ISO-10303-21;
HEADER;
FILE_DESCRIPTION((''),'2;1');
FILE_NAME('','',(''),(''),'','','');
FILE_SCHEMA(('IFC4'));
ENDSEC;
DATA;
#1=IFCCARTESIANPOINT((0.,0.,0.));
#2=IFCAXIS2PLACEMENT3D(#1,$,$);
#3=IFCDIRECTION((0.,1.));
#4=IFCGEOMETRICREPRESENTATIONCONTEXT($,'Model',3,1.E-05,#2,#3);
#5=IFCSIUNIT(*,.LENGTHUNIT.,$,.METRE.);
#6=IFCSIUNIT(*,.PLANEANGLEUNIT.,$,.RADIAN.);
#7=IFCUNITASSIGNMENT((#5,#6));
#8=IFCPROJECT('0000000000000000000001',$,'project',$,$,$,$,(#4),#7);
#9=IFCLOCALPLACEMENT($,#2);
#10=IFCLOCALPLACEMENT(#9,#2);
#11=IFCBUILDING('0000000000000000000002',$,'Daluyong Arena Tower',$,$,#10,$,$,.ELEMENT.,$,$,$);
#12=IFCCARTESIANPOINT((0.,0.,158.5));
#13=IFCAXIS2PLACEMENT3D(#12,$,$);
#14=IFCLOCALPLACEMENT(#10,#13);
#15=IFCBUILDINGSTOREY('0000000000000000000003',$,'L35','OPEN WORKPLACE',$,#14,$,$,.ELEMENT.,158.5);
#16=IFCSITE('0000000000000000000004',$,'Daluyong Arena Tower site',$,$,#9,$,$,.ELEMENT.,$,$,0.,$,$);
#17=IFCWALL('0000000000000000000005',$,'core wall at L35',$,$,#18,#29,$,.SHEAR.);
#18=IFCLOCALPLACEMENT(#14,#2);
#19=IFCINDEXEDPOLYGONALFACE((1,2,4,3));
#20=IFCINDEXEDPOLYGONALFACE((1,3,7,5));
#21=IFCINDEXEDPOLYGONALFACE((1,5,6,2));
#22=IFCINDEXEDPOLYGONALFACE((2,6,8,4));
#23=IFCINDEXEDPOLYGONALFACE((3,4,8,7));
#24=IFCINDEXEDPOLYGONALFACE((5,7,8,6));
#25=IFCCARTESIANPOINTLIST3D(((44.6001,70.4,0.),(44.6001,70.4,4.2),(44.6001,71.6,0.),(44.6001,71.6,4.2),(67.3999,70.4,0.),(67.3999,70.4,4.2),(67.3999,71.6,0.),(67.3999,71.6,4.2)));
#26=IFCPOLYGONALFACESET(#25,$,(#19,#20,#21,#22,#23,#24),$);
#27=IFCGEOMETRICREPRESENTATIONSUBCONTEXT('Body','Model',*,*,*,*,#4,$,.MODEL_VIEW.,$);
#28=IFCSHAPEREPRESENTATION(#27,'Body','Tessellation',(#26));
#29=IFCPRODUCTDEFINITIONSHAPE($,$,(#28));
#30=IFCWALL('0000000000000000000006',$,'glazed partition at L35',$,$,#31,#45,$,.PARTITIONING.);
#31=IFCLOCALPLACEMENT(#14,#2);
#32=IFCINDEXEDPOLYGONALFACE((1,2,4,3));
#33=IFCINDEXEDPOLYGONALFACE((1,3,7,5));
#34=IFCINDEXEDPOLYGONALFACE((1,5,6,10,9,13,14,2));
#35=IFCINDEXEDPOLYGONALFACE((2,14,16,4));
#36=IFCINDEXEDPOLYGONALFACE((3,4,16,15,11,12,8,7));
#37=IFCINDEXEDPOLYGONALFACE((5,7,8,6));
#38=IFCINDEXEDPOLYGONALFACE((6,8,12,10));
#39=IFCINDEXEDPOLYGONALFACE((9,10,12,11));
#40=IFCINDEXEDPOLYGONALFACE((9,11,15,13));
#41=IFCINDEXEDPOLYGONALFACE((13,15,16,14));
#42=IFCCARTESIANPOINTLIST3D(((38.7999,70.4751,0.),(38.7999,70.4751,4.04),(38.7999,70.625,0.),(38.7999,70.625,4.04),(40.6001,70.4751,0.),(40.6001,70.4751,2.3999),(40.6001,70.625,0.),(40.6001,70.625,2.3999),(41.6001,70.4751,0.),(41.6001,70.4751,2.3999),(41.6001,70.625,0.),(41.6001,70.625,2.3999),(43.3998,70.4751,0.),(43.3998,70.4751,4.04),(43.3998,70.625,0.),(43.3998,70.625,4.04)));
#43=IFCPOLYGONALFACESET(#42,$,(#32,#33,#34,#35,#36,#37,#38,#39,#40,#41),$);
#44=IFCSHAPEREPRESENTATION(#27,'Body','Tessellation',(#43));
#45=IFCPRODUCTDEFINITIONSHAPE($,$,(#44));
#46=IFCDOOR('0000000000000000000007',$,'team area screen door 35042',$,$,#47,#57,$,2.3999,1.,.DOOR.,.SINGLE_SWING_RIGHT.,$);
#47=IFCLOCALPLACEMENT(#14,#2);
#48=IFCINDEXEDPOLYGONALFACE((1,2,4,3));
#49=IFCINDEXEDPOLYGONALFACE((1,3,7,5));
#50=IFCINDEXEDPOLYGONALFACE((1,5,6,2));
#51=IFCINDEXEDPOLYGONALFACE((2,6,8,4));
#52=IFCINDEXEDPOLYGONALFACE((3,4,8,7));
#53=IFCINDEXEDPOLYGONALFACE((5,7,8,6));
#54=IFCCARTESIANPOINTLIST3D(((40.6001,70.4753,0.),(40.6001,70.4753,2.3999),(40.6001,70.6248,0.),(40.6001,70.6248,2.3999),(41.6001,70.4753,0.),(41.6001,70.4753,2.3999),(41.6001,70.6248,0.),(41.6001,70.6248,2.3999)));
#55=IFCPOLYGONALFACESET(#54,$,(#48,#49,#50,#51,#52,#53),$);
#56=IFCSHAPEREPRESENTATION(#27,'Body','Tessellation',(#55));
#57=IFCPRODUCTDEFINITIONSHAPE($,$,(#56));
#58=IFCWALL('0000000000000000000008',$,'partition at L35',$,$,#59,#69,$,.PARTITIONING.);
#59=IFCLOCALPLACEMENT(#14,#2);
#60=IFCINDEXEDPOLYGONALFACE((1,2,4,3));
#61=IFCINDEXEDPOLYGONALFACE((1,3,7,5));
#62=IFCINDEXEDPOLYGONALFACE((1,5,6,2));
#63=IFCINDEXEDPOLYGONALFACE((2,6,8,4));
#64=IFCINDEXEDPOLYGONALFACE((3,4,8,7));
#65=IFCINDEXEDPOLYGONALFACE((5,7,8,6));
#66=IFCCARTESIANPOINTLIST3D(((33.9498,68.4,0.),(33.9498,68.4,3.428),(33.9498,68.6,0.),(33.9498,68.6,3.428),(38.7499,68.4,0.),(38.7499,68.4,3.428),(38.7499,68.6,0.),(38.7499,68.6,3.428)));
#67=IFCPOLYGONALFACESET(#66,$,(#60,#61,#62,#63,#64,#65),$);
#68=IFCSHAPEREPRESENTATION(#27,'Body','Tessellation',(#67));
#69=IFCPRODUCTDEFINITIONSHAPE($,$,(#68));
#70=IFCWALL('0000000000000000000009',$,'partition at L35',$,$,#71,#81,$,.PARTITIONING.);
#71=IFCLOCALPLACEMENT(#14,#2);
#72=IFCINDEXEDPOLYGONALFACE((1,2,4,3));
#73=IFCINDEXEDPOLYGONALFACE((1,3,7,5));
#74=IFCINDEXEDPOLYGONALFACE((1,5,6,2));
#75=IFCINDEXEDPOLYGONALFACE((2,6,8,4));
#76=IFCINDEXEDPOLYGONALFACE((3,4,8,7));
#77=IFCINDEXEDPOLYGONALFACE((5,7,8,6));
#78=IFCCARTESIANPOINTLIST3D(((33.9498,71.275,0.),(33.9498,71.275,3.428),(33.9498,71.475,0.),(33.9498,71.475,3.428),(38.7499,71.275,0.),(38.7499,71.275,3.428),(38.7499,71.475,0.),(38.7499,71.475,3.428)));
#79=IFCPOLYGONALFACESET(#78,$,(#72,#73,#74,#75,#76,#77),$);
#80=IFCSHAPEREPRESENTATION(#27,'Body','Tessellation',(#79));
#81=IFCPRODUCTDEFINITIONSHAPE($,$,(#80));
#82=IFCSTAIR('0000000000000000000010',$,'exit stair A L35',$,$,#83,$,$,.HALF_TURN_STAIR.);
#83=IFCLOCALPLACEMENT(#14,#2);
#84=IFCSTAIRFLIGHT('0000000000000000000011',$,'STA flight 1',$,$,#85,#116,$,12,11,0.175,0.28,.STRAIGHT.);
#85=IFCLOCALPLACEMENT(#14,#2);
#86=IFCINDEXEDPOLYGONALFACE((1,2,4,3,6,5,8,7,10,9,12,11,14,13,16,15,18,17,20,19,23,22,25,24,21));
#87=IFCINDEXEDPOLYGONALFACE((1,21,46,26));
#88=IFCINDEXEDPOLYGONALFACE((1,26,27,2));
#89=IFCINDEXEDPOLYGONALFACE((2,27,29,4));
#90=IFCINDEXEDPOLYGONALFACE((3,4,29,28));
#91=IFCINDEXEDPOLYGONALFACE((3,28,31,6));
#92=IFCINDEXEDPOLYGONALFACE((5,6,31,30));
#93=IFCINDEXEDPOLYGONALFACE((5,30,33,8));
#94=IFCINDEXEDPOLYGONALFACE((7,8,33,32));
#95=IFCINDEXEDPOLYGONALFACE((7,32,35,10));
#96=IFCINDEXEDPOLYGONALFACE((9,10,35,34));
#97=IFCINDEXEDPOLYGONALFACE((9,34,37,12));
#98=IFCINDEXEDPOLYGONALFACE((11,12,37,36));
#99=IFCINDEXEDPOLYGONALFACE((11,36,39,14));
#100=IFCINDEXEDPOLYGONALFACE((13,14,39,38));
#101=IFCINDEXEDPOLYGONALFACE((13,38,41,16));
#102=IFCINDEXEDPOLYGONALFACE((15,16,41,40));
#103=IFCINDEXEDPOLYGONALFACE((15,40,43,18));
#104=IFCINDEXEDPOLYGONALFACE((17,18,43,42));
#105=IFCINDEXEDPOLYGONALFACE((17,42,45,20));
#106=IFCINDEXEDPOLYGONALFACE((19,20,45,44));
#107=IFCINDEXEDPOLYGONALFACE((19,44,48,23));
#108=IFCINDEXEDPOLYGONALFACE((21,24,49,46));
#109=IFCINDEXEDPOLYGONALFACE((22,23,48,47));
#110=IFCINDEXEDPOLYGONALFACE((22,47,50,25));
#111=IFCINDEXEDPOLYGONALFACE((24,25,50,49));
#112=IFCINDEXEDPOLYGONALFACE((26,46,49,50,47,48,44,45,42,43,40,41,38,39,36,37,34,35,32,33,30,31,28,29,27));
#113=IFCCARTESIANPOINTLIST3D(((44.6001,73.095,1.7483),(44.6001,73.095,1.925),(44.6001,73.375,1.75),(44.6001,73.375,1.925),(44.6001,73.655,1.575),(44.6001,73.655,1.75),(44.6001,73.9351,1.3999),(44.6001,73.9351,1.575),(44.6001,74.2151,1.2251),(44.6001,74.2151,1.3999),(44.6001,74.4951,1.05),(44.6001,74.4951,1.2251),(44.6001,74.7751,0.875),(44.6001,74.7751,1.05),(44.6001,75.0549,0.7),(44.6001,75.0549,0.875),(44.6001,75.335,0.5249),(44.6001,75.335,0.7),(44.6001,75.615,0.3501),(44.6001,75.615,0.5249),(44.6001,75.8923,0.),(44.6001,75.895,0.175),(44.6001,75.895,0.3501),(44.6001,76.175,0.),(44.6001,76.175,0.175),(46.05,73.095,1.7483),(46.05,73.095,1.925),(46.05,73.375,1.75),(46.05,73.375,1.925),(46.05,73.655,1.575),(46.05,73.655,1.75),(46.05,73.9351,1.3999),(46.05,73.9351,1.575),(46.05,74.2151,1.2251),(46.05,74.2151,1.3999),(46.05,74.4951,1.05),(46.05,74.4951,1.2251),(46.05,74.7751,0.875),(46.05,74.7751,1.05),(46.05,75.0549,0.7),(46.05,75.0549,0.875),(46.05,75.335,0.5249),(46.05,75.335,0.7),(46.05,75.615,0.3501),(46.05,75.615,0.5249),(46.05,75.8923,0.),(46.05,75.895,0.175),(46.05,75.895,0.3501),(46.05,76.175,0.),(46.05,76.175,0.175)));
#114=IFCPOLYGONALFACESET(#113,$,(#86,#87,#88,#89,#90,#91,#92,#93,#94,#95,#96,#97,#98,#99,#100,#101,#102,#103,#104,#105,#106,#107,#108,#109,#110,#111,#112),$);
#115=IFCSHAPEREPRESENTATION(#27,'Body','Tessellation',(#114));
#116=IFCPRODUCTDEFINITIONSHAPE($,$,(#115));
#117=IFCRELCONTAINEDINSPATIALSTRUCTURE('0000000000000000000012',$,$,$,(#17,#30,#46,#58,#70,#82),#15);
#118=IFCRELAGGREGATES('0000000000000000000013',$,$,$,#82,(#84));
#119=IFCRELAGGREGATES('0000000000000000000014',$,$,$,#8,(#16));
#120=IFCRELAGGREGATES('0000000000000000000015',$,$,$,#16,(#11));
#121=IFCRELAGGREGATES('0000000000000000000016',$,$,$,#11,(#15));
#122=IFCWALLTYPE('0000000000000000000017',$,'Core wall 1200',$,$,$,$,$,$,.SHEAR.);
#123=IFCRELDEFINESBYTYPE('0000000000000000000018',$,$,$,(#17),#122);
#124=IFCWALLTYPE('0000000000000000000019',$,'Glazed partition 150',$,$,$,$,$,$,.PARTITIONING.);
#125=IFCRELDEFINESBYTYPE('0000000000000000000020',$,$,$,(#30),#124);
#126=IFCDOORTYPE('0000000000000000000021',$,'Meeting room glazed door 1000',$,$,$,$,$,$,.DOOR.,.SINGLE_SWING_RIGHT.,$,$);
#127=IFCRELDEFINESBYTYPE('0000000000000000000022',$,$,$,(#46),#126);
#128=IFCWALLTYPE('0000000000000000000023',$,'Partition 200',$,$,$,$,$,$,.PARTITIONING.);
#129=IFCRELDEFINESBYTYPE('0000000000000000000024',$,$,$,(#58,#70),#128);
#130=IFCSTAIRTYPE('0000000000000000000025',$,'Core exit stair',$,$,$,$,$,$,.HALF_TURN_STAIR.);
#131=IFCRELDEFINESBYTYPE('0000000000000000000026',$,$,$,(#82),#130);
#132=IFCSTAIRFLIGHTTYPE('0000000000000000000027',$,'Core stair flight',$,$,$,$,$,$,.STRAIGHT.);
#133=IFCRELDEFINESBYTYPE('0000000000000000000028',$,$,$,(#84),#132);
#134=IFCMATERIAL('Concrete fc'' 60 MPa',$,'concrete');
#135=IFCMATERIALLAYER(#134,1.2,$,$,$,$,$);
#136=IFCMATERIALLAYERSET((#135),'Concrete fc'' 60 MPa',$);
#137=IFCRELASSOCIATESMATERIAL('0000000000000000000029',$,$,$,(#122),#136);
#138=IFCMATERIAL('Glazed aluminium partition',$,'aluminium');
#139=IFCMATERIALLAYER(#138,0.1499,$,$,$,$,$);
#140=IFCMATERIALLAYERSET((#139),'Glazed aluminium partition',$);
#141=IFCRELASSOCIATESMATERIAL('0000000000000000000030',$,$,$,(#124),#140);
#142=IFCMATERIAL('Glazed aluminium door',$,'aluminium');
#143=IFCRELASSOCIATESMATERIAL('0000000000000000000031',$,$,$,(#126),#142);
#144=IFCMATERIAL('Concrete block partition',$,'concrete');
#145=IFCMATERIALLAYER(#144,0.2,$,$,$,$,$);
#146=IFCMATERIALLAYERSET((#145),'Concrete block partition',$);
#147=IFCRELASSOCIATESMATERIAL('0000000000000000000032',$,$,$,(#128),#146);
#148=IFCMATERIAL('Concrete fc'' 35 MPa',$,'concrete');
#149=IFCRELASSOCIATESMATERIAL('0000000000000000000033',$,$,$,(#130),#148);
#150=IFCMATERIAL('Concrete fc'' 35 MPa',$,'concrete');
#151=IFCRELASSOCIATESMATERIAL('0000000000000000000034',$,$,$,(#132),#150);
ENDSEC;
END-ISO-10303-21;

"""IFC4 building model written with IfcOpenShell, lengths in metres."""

from ifc_helpers import new_model, si_unit, direction, frame, frame_2d, origin, place, context, subcontext, project, spatial, polyline, rectangle, outline, extrude, material, layer, layer_set, type_object, element, fill, aggregate, save


model = new_model("IFC4")

# Units and contexts
model_context = context("Model", 3, precision=1e-05, world=origin(), true_north=direction((0.0, 1.0)))
body_context = subcontext(model_context, "Body", "Model", "MODEL_VIEW")
ifc_project = project(units=[si_unit("LENGTHUNIT", "METRE"), si_unit("PLANEANGLEUNIT", "RADIAN")], contexts=[model_context])

# Site, building, storey
site_placement = place(None, origin())
site = spatial("IfcSite", under=ifc_project, at=site_placement, Name="Daluyong Arena Tower site", CompositionType="ELEMENT", RefElevation=0.0)
building_placement = place(site_placement, origin())
building = spatial("IfcBuilding", under=site, at=building_placement, Name="Daluyong Arena Tower", CompositionType="ELEMENT")
storey_placement = place(building_placement, frame((0.0, 0.0, 158.5)))
storey = spatial("IfcBuildingStorey", under=building, at=storey_placement, Name="L35", Description="OPEN WORKPLACE", CompositionType="ELEMENT", Elevation=158.5)

# Shared definitions
ifc_material_1 = material(Name="Concrete fc' 60 MPa", Category="concrete")
ifc_layer_1 = layer(ifc_material_1, 1.2)
ifc_layer_set_1 = layer_set([ifc_layer_1], Name="Concrete fc' 60 MPa")
wall_type_1 = type_object("IfcWallType", Name="Core wall 1200", PredefinedType="SHEAR", material=ifc_layer_set_1)

# Wall
wall_1_placement = place(storey_placement, frame((44.6001, 71.0, 0.0), z_axis=(0.0, 0.0, 1.0), x_axis=(1.0, 0.0, 0.0)))
element("IfcWall", 1, at=wall_1_placement, inside=storey, type_object=wall_type_1, Name="core wall at L35", PredefinedType="SHEAR", context=body_context, shape_type="SweptSolid", body=[
    extrude(rectangle(XDim=22.7998, YDim=1.2, at=frame_2d((11.3999, 0.0))), origin(), (0.0, 0.0, 1.0), 4.2),
])

# Wall, opening, door
ifc_material_2 = material(Name="Glazed aluminium partition", Category="aluminium")
ifc_layer_2 = layer(ifc_material_2, 0.1499)
ifc_layer_set_2 = layer_set([ifc_layer_2], Name="Glazed aluminium partition")
wall_type_2 = type_object("IfcWallType", Name="Glazed partition 150", PredefinedType="PARTITIONING", material=ifc_layer_set_2)
wall_2_placement = place(storey_placement, frame((38.8, 70.55, 0.0), z_axis=(0.0, 0.0, 1.0), x_axis=(1.0, 0.0, 0.0)))
wall_2 = element("IfcWall", 2, at=wall_2_placement, inside=storey, type_object=wall_type_2, Name="glazed partition at L35", PredefinedType="PARTITIONING", context=body_context, shape_type="SweptSolid", body=[
    extrude(rectangle(XDim=4.5999, YDim=0.1499, at=frame_2d((2.2998, 0.0))), origin(), (0.0, 0.0, 1.0), 4.04),
])
opening_1_placement = place(wall_2_placement, frame((1.8, 0.0, 0.0)))
opening_1 = element("IfcOpeningElement", 3, at=opening_1_placement, cuts=wall_2, PredefinedType="OPENING", context=body_context, shape_type="SweptSolid", body=[
    extrude(rectangle(XDim=1.0, YDim=2.3999, at=frame_2d((0.5, 1.2))), frame((0.0, 0.085, 0.0), z_axis=(0.0, -1.0, 0.0), x_axis=(1.0, 0.0, 0.0)), (0.0, 0.0, 1.0), 0.1699),
])
ifc_material_3 = material(Name="Glazed aluminium door", Category="aluminium")
door_type_1 = type_object("IfcDoorType", Name="Meeting room glazed door 1000", OperationType="SINGLE_SWING_RIGHT", PredefinedType="DOOR", material=ifc_material_3)
door_1_placement = place(opening_1_placement, origin())
door_1 = element("IfcDoor", 4, at=door_1_placement, inside=storey, type_object=door_type_1, Name="team area screen door 35042", OperationType="SINGLE_SWING_RIGHT", OverallHeight=2.3999, OverallWidth=1.0, PredefinedType="DOOR", context=body_context, shape_type="SweptSolid", body=[
    extrude(rectangle(XDim=1.0, YDim=2.3999, at=frame_2d((0.5, 1.2))), frame((0.0, 0.0747, 0.0), z_axis=(0.0, -1.0, 0.0), x_axis=(1.0, 0.0, 0.0)), (0.0, 0.0, 1.0), 0.1494),
])
fill(opening_1, door_1)

# Walls
ifc_material_4 = material(Name="Concrete block partition", Category="concrete")
ifc_layer_3 = layer(ifc_material_4, 0.2)
ifc_layer_set_3 = layer_set([ifc_layer_3], Name="Concrete block partition")
wall_type_3 = type_object("IfcWallType", Name="Partition 200", PredefinedType="PARTITIONING", material=ifc_layer_set_3)
for number, where, z_axis, x_axis, name in (
    (5, (33.95, 68.5, 0.0), (0.0, 0.0, 1.0), (1.0, 0.0, 0.0), "partition at L35"),
    (6, (33.95, 71.375, 0.0), (0.0, 0.0, 1.0), (1.0, 0.0, 0.0), "partition at L35"),
):
    element("IfcWall", number, at=place(storey_placement, frame(where, z_axis=z_axis, x_axis=x_axis)), inside=storey, type_object=wall_type_3, Name=name, PredefinedType="PARTITIONING", context=body_context, shape_type="SweptSolid", body=[
        extrude(rectangle(XDim=4.8, YDim=0.2, at=frame_2d((2.3999, 0.0))), origin(), (0.0, 0.0, 1.0), 3.428),
    ])

# Stair, stair flight
ifc_material_5 = material(Name="Concrete fc' 35 MPa", Category="concrete")
stair_type = type_object("IfcStairType", Name="Core exit stair", PredefinedType="HALF_TURN_STAIR", material=ifc_material_5)
stair_placement = place(storey_placement, origin())
stair = element("IfcStair", 7, at=stair_placement, inside=storey, type_object=stair_type, Name="exit stair A L35", PredefinedType="HALF_TURN_STAIR")
ifc_material_6 = material(Name="Concrete fc' 35 MPa", Category="concrete")
stair_flight_type = type_object("IfcStairFlightType", Name="Core stair flight", PredefinedType="STRAIGHT", material=ifc_material_6)
stair_flight_placement = place(storey_placement, frame((45.325, 76.175, 0.0), z_axis=(0.0, 0.0, 1.0), x_axis=(0.0, -1.0, 0.0)))
stair_flight = element("IfcStairFlight", 8, at=stair_flight_placement, type_object=stair_flight_type, Name="STA flight 1", NumberOfRisers=12, NumberOfTreads=11, PredefinedType="STRAIGHT", RiserHeight=0.175, TreadLength=0.28, context=body_context, shape_type="SweptSolid", body=[
    extrude(outline(polyline([(0.0, 0.0), (0.0, 0.175), (0.28, 0.175), (0.28, 0.3501), (0.5601, 0.3501), (0.5601, 0.5249), (0.8401, 0.5249), (0.8401, 0.7), (1.1201, 0.7), (1.1201, 0.875), (1.3999, 0.875), (1.3999, 1.05), (1.6799, 1.05), (1.6799, 1.2251), (1.96, 1.2251), (1.96, 1.3999), (2.24, 1.3999), (2.24, 1.575), (2.52, 1.575), (2.52, 1.75), (2.8, 1.75), (2.8, 1.925), (3.0801, 1.925), (3.0801, 2.1001), (3.0801, 1.7483), (0.2827, 0.0), (0.0, 0.0)])), frame((0.0, 0.7251, 0.0), z_axis=(0.0, -1.0, 0.0), x_axis=(1.0, 0.0, 0.0)), (0.0, 0.0, 1.0), 1.45),
])
aggregate(stair, [stair_flight])

save(model, "model.ifc")
